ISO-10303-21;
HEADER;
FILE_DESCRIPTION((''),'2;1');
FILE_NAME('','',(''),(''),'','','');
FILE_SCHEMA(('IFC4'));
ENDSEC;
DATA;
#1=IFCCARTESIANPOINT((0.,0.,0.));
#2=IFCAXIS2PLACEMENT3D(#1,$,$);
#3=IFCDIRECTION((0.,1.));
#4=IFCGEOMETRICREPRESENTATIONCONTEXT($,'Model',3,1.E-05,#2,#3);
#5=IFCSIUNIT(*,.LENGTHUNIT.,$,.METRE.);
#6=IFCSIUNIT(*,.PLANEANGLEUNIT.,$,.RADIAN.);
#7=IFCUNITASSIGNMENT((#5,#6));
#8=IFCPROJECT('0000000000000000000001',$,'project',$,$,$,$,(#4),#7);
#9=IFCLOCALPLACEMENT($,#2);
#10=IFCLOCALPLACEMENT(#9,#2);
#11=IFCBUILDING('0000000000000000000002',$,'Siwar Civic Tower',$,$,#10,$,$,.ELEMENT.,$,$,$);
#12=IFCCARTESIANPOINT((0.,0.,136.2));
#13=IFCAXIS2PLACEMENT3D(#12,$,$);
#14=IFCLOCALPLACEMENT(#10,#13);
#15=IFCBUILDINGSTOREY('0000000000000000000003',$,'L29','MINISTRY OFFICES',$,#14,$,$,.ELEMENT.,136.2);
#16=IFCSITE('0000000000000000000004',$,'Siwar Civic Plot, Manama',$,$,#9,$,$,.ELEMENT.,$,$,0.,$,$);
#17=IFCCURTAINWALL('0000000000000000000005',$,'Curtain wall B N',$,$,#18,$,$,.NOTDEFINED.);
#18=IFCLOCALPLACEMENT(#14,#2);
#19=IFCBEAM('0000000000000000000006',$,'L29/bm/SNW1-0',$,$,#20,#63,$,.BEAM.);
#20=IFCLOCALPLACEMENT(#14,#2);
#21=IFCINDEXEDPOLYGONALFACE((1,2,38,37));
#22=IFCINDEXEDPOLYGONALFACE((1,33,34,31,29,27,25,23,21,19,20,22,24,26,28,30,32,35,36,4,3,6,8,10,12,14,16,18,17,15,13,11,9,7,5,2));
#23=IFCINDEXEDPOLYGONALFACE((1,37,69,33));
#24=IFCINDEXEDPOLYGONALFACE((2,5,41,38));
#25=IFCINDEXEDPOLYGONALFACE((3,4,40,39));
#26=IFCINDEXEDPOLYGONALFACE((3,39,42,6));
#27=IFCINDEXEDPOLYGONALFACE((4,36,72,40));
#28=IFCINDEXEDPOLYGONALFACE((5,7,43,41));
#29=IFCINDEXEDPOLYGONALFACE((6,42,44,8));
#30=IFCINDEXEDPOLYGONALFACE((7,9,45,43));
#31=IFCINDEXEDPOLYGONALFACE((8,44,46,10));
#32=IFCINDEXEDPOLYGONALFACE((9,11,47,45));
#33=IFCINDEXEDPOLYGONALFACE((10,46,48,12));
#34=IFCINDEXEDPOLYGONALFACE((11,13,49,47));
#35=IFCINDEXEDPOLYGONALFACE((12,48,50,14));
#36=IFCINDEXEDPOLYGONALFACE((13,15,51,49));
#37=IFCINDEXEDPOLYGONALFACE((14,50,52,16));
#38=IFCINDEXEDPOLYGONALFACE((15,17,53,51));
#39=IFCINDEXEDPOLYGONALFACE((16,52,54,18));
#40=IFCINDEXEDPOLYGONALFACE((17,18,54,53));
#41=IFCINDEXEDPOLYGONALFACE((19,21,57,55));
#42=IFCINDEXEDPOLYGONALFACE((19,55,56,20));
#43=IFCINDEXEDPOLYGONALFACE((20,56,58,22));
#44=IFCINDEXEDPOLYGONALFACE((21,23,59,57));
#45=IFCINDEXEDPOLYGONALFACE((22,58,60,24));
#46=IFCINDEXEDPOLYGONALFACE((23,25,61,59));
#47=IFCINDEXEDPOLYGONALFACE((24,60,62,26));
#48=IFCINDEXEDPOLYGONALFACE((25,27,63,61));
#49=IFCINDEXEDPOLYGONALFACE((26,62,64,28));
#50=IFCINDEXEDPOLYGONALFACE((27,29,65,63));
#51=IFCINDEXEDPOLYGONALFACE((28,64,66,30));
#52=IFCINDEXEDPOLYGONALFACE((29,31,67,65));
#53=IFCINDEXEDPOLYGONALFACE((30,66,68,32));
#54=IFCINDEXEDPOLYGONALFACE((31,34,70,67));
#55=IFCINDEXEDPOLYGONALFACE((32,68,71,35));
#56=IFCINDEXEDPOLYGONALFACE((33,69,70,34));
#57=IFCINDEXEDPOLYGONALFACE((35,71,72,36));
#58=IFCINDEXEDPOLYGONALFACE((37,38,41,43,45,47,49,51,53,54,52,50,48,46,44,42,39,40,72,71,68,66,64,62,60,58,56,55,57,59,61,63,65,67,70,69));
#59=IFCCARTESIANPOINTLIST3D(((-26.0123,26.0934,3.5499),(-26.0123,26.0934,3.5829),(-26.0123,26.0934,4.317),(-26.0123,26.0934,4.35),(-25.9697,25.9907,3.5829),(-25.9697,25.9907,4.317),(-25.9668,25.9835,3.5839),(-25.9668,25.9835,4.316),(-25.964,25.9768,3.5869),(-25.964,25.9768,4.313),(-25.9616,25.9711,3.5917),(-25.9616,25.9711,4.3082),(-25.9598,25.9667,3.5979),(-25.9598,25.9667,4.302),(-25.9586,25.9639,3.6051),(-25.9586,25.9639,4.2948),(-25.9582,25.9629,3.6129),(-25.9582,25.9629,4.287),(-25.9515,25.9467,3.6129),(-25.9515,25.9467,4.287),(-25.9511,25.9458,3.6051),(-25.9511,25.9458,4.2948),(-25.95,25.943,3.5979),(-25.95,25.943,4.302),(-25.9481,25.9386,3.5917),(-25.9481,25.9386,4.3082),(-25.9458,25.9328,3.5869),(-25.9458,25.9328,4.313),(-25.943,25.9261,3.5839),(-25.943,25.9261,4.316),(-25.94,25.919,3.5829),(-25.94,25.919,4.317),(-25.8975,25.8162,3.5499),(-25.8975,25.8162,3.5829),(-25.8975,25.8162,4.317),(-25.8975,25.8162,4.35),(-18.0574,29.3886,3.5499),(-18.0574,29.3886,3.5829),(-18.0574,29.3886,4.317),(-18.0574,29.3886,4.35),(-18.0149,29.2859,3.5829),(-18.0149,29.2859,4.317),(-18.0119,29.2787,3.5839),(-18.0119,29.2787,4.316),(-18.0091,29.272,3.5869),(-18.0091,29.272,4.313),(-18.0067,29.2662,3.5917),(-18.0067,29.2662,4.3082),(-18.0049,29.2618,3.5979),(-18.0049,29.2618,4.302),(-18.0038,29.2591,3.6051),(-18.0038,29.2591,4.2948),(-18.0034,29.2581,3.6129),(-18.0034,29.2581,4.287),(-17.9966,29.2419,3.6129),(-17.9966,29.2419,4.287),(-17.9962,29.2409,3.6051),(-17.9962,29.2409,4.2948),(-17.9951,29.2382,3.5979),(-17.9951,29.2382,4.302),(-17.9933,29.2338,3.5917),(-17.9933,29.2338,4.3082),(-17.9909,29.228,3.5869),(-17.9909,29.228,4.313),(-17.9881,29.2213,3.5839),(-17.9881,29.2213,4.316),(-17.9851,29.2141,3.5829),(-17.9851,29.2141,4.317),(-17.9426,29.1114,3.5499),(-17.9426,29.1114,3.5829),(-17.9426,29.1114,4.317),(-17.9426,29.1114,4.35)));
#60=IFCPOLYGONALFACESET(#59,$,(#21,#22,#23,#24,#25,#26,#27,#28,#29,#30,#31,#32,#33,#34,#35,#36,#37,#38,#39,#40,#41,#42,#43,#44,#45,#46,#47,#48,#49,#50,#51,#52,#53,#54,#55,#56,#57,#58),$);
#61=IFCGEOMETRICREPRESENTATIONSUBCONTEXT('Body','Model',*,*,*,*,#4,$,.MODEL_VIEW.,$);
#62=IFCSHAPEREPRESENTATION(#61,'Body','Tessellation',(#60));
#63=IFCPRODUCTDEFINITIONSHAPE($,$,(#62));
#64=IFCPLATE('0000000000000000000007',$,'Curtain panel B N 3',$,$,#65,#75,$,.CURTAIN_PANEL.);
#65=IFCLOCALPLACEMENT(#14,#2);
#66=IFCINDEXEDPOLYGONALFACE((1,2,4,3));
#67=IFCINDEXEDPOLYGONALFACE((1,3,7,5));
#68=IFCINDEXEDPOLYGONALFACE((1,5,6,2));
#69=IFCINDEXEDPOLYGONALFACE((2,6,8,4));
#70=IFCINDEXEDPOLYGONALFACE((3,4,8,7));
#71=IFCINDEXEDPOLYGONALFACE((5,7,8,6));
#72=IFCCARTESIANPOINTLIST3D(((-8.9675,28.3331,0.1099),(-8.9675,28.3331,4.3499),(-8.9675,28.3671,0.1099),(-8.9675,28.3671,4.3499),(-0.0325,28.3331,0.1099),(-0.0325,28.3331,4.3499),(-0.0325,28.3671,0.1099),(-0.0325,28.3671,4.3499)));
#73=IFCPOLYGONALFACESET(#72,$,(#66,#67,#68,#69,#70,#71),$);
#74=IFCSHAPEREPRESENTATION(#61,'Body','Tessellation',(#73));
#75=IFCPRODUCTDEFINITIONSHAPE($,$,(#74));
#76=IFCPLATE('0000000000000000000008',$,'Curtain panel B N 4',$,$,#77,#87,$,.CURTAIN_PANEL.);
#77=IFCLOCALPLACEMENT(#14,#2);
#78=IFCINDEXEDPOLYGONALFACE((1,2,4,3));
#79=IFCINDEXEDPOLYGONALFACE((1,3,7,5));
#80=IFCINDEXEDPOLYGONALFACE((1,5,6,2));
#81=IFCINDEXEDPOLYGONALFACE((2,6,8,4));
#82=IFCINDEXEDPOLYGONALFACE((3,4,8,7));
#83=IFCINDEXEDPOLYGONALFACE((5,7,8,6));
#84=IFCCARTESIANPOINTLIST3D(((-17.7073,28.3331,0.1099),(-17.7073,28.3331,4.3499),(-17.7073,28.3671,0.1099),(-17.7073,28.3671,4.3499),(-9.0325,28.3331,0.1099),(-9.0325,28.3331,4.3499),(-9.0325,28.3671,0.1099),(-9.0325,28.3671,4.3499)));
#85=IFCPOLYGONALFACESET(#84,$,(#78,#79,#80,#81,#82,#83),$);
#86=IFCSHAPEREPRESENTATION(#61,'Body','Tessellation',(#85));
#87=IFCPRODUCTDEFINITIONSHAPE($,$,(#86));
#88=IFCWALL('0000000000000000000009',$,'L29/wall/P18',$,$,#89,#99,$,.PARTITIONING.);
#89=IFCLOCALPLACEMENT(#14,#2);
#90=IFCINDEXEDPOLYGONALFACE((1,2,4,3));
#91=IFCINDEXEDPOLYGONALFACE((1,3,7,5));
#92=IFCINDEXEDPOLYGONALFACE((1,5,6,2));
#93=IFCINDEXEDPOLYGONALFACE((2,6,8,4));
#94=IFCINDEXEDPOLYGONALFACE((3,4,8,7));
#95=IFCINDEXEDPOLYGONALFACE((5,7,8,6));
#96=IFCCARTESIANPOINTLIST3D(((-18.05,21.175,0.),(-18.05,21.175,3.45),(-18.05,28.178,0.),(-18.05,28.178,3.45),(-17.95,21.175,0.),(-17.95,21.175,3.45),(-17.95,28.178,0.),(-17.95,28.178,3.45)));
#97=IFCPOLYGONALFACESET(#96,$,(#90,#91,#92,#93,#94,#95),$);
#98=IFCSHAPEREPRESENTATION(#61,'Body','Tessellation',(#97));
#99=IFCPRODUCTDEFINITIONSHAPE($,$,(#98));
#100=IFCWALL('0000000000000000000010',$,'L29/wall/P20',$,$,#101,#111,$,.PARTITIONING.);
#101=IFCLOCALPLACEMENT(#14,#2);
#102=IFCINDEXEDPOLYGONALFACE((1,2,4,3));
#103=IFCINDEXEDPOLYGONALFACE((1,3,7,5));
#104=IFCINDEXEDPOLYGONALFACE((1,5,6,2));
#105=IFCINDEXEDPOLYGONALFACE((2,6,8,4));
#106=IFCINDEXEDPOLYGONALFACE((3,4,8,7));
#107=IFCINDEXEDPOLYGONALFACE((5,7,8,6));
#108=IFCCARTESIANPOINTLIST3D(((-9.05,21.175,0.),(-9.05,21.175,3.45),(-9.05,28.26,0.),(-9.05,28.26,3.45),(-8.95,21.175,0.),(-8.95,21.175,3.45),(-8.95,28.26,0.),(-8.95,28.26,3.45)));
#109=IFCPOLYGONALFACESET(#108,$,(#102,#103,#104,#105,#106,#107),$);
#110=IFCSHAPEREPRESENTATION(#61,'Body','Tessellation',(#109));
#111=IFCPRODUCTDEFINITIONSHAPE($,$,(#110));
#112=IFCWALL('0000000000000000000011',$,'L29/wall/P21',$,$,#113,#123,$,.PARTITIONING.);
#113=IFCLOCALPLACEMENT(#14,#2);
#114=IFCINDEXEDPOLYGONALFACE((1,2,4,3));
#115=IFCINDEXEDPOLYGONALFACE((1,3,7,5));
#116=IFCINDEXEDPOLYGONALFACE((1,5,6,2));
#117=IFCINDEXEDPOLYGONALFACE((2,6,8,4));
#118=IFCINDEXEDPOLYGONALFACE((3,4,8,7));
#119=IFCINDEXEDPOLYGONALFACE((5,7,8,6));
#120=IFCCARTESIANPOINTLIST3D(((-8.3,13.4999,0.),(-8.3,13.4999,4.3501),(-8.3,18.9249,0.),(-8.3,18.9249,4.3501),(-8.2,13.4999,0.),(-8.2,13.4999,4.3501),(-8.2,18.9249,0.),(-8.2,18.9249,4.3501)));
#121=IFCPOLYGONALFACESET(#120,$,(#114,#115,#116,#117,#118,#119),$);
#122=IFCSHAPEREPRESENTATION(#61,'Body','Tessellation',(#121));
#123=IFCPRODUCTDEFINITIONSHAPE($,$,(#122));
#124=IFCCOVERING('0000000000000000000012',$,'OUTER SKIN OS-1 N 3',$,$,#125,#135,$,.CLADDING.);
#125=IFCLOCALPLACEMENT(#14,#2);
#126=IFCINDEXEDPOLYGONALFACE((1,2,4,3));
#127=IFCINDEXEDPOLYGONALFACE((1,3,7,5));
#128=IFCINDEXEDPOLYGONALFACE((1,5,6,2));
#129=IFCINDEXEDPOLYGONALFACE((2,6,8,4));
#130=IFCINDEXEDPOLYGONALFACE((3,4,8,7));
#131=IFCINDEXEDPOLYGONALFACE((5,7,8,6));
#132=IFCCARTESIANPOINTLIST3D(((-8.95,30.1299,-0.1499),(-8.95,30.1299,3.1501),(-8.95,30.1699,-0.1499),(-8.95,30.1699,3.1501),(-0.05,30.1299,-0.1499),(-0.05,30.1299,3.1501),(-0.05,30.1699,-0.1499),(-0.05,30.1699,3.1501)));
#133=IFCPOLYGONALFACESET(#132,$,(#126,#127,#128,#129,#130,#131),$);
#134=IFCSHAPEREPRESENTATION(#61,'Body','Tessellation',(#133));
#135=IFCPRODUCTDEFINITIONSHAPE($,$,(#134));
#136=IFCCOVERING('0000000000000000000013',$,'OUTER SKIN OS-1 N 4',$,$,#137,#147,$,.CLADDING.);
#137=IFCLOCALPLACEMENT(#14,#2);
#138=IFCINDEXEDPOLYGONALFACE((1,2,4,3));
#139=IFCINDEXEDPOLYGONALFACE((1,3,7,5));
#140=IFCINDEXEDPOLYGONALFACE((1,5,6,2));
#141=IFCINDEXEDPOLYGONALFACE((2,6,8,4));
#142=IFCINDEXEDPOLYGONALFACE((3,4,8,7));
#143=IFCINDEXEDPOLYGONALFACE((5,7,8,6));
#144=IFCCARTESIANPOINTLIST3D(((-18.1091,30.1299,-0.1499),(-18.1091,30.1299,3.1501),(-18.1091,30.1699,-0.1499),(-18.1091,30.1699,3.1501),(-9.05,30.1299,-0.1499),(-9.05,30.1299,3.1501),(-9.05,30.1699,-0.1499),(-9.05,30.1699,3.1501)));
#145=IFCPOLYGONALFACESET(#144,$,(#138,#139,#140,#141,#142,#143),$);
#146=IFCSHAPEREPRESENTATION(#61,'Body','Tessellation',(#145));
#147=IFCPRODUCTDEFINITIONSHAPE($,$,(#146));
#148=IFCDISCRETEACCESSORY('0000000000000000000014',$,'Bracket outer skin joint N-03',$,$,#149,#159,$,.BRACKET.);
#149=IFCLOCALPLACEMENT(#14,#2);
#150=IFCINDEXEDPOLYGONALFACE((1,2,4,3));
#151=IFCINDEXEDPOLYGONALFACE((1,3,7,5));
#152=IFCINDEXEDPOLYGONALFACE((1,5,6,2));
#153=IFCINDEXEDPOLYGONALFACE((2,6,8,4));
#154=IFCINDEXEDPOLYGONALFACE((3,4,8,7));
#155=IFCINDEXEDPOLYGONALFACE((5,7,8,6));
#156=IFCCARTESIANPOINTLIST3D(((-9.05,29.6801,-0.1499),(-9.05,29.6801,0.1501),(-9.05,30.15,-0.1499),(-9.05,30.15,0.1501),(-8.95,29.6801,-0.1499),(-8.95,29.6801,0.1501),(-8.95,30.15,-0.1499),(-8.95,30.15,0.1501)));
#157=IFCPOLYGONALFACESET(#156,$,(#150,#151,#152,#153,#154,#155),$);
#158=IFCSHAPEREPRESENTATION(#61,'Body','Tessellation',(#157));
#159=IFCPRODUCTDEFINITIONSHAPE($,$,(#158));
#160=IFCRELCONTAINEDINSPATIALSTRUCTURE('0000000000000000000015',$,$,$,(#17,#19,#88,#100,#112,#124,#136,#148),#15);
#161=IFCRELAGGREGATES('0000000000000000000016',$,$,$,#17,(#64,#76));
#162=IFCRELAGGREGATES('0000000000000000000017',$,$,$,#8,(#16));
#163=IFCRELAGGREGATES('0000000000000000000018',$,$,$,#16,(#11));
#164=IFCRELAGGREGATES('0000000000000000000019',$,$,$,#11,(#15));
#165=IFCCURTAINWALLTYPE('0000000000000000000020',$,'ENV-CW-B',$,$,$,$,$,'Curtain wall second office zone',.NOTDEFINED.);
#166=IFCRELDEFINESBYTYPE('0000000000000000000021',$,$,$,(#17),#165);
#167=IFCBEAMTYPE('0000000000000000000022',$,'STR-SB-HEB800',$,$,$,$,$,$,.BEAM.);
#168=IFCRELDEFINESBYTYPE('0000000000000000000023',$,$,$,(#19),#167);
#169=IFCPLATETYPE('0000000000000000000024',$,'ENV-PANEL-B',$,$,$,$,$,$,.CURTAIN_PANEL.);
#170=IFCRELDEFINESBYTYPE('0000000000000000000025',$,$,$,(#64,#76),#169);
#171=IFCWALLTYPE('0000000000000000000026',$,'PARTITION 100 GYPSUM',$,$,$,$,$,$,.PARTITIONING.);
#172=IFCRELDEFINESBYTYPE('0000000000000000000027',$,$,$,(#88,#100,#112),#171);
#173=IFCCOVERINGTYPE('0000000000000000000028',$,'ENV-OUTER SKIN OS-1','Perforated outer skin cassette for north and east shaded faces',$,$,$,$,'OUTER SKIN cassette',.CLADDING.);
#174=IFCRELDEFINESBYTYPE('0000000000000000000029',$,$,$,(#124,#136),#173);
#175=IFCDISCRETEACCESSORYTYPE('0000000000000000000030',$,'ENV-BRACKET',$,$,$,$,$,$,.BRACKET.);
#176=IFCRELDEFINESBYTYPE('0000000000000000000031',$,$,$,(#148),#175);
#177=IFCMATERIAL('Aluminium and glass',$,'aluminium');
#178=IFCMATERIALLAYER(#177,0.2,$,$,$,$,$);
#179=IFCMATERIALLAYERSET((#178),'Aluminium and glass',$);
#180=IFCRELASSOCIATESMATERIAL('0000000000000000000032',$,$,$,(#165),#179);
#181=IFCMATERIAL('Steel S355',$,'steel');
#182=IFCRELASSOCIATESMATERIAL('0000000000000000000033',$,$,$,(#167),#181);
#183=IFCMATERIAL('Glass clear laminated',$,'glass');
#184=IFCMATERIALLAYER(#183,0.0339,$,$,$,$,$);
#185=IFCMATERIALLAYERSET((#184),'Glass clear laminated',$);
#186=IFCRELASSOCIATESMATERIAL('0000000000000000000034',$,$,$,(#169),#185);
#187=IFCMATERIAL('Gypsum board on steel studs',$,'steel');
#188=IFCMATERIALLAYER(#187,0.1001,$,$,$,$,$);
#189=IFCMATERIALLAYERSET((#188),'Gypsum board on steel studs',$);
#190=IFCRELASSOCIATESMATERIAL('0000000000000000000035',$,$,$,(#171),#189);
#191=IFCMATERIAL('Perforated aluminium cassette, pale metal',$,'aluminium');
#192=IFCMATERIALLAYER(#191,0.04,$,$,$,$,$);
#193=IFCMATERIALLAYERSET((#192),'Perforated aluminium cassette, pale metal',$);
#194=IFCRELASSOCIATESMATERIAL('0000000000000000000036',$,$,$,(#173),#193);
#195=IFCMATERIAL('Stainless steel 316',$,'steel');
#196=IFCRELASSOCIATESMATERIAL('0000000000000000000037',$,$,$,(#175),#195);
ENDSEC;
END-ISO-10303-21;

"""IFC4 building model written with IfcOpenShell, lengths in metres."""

from ifc_helpers import new_model, si_unit, direction, frame, frame_2d, origin, origin_2d, place, context, subcontext, project, spatial, rectangle, i_section, extrude, material, layer, layer_set, material_profile, profile_set, type_object, element, aggregate, save


model = new_model("IFC4")

# Units and contexts
model_context = context("Model", 3, precision=1e-05, world=origin(), true_north=direction((0.0, 1.0)))
body_context = subcontext(model_context, "Body", "Model", "MODEL_VIEW")
ifc_project = project(units=[si_unit("LENGTHUNIT", "METRE"), si_unit("PLANEANGLEUNIT", "RADIAN")], contexts=[model_context])

# Site, building, storey
site_placement = place(None, origin())
site = spatial("IfcSite", under=ifc_project, at=site_placement, Name="Siwar Civic Plot, Manama", CompositionType="ELEMENT", RefElevation=0.0)
building_placement = place(site_placement, origin())
building = spatial("IfcBuilding", under=site, at=building_placement, Name="Siwar Civic Tower", CompositionType="ELEMENT")
storey_placement = place(building_placement, frame((0.0, 0.0, 136.2)))
storey = spatial("IfcBuildingStorey", under=building, at=storey_placement, Name="L29", Description="MINISTRY OFFICES", CompositionType="ELEMENT", Elevation=136.2)

# Curtain wall
ifc_material_1 = material(Name="Aluminium and glass", Category="aluminium")
ifc_layer_1 = layer(ifc_material_1, 0.2)
ifc_layer_set_1 = layer_set([ifc_layer_1], Name="Aluminium and glass")
curtain_wall_type_1 = type_object("IfcCurtainWallType", Name="ENV-CW-B", ElementType="Curtain wall second office zone", PredefinedType="NOTDEFINED", material=ifc_layer_set_1)
curtain_wall_1_placement = place(storey_placement, origin())
curtain_wall_1 = element("IfcCurtainWall", 1, at=curtain_wall_1_placement, inside=storey, type_object=curtain_wall_type_1, Name="Curtain wall B N", PredefinedType="NOTDEFINED")

# Beam
ifc_material_2 = material(Name="Steel S355", Category="steel")
ifc_material_profile_1 = material_profile(ifc_material_2, i_section(OverallWidth=0.3, OverallDepth=0.8, WebThickness=0.0176, FlangeThickness=0.033, FilletRadius=0.03, at=origin_2d()), Name="HEB800")
ifc_profile_set_1 = profile_set([ifc_material_profile_1], Name="Steel S355")
beam_type_1 = type_object("IfcBeamType", Name="STR-SB-HEB800", PredefinedType="BEAM", material=ifc_profile_set_1)
beam_1_placement = place(storey_placement, frame((-18.0, 29.25, 3.95), z_axis=(-0.923873, -0.3827, 0.0), x_axis=(0.3827, -0.923873, 0.0)))
element("IfcBeam", 2, at=beam_1_placement, inside=storey, type_object=beam_type_1, Name="L29/bm/SNW1-0", PredefinedType="BEAM", context=body_context, shape_type="SweptSolid", body=[
    extrude(i_section(OverallWidth=0.3, OverallDepth=0.8, WebThickness=0.0176, FlangeThickness=0.033, FilletRadius=0.03, at=origin_2d()), origin(), (0.0, 0.0, 1.0), 8.6104),
])

# Plates
ifc_material_3 = material(Name="Glass clear laminated", Category="glass")
ifc_layer_2 = layer(ifc_material_3, 0.0339)
ifc_layer_set_2 = layer_set([ifc_layer_2], Name="Glass clear laminated")
plate_type = type_object("IfcPlateType", Name="ENV-PANEL-B", PredefinedType="CURTAIN_PANEL", material=ifc_layer_set_2)
plate_1_placement = place(storey_placement, frame((-4.5, 28.3501, 0.1099), z_axis=(0.0, 0.0, 1.0), x_axis=(-1.0, 0.0, 0.0)))
plate_1 = element("IfcPlate", 3, at=plate_1_placement, type_object=plate_type, Name="Curtain panel B N 3", PredefinedType="CURTAIN_PANEL", context=body_context, shape_type="SweptSolid", body=[
    extrude(rectangle(XDim=8.9351, YDim=0.0339, at=origin_2d()), origin(), (0.0, 0.0, 1.0), 4.24),
])
plate_2_placement = place(storey_placement, frame((-13.3699, 28.3501, 0.1099), z_axis=(0.0, 0.0, 1.0), x_axis=(-1.0, 0.0, 0.0)))
plate_2 = element("IfcPlate", 4, at=plate_2_placement, type_object=plate_type, Name="Curtain panel B N 4", PredefinedType="CURTAIN_PANEL", context=body_context, shape_type="SweptSolid", body=[
    extrude(rectangle(XDim=8.6748, YDim=0.0339, at=origin_2d()), origin(), (0.0, 0.0, 1.0), 4.24),
])
aggregate(curtain_wall_1, [plate_1, plate_2])

# Walls
ifc_material_4 = material(Name="Gypsum board on steel studs", Category="steel")
ifc_layer_3 = layer(ifc_material_4, 0.1001)
ifc_layer_set_3 = layer_set([ifc_layer_3], Name="Gypsum board on steel studs")
wall_type = type_object("IfcWallType", Name="PARTITION 100 GYPSUM", PredefinedType="PARTITIONING", material=ifc_layer_set_3)
wall_1_placement = place(storey_placement, frame((-18.0, 21.175, 0.0), z_axis=(0.0, 0.0, 1.0), x_axis=(0.0, 1.0, 0.0)))
element("IfcWall", 5, at=wall_1_placement, inside=storey, type_object=wall_type, Name="L29/wall/P18", PredefinedType="PARTITIONING", context=body_context, shape_type="SweptSolid", body=[
    extrude(rectangle(XDim=7.0029, YDim=0.1001, at=frame_2d((3.5015, 0.0))), origin(), (0.0, 0.0, 1.0), 3.45),
])
wall_2_placement = place(storey_placement, frame((-9.0, 21.175, 0.0), z_axis=(0.0, 0.0, 1.0), x_axis=(0.0, 1.0, 0.0)))
element("IfcWall", 6, at=wall_2_placement, inside=storey, type_object=wall_type, Name="L29/wall/P20", PredefinedType="PARTITIONING", context=body_context, shape_type="SweptSolid", body=[
    extrude(rectangle(XDim=7.085, YDim=0.1001, at=frame_2d((3.5425, 0.0))), origin(), (0.0, 0.0, 1.0), 3.45),
])
wall_3_placement = place(storey_placement, frame((-8.25, 13.5, 0.0), z_axis=(0.0, 0.0, 1.0), x_axis=(0.0, 1.0, 0.0)))
element("IfcWall", 7, at=wall_3_placement, inside=storey, type_object=wall_type, Name="L29/wall/P21", PredefinedType="PARTITIONING", context=body_context, shape_type="SweptSolid", body=[
    extrude(rectangle(XDim=5.425, YDim=0.1001, at=frame_2d((2.7124, 0.0))), origin(), (0.0, 0.0, 1.0), 4.3501),
])

# Coverings
ifc_material_5 = material(Name="Perforated aluminium cassette, pale metal", Category="aluminium")
ifc_layer_4 = layer(ifc_material_5, 0.04)
ifc_layer_set_4 = layer_set([ifc_layer_4], Name="Perforated aluminium cassette, pale metal")
covering_type = type_object("IfcCoveringType", Name="ENV-OUTER SKIN OS-1", Description="Perforated outer skin cassette for north and east shaded faces", ElementType="OUTER SKIN cassette", PredefinedType="CLADDING", material=ifc_layer_set_4)
covering_1_placement = place(storey_placement, frame((-4.5, 30.1499, -0.1499), z_axis=(0.0, 0.0, 1.0), x_axis=(-1.0, 0.0, 0.0)))
element("IfcCovering", 8, at=covering_1_placement, inside=storey, type_object=covering_type, Name="OUTER SKIN OS-1 N 3", PredefinedType="CLADDING", context=body_context, shape_type="SweptSolid", body=[
    extrude(rectangle(XDim=8.8999, YDim=0.04, at=origin_2d()), origin(), (0.0, 0.0, 1.0), 3.3),
])
covering_2_placement = place(storey_placement, frame((-13.5796, 30.1499, -0.1499), z_axis=(0.0, 0.0, 1.0), x_axis=(-1.0, 0.0, 0.0)))
element("IfcCovering", 9, at=covering_2_placement, inside=storey, type_object=covering_type, Name="OUTER SKIN OS-1 N 4", PredefinedType="CLADDING", context=body_context, shape_type="SweptSolid", body=[
    extrude(rectangle(XDim=9.0591, YDim=0.04, at=origin_2d()), origin(), (0.0, 0.0, 1.0), 3.3),
])

# Discrete accessory
ifc_material_6 = material(Name="Stainless steel 316", Category="steel")
discrete_accessory_type = type_object("IfcDiscreteAccessoryType", Name="ENV-BRACKET", PredefinedType="BRACKET", material=ifc_material_6)
discrete_accessory_placement = place(storey_placement, frame((-9.0, 29.915, -0.1499), z_axis=(0.0, 0.0, 1.0), x_axis=(0.0, 1.0, 0.0)))
element("IfcDiscreteAccessory", 10, at=discrete_accessory_placement, inside=storey, type_object=discrete_accessory_type, Name="Bracket outer skin joint N-03", PredefinedType="BRACKET", context=body_context, shape_type="SweptSolid", body=[
    extrude(rectangle(XDim=0.47, YDim=0.1001, at=origin_2d()), origin(), (0.0, 0.0, 1.0), 0.3),
])

save(model, "model.ifc")
